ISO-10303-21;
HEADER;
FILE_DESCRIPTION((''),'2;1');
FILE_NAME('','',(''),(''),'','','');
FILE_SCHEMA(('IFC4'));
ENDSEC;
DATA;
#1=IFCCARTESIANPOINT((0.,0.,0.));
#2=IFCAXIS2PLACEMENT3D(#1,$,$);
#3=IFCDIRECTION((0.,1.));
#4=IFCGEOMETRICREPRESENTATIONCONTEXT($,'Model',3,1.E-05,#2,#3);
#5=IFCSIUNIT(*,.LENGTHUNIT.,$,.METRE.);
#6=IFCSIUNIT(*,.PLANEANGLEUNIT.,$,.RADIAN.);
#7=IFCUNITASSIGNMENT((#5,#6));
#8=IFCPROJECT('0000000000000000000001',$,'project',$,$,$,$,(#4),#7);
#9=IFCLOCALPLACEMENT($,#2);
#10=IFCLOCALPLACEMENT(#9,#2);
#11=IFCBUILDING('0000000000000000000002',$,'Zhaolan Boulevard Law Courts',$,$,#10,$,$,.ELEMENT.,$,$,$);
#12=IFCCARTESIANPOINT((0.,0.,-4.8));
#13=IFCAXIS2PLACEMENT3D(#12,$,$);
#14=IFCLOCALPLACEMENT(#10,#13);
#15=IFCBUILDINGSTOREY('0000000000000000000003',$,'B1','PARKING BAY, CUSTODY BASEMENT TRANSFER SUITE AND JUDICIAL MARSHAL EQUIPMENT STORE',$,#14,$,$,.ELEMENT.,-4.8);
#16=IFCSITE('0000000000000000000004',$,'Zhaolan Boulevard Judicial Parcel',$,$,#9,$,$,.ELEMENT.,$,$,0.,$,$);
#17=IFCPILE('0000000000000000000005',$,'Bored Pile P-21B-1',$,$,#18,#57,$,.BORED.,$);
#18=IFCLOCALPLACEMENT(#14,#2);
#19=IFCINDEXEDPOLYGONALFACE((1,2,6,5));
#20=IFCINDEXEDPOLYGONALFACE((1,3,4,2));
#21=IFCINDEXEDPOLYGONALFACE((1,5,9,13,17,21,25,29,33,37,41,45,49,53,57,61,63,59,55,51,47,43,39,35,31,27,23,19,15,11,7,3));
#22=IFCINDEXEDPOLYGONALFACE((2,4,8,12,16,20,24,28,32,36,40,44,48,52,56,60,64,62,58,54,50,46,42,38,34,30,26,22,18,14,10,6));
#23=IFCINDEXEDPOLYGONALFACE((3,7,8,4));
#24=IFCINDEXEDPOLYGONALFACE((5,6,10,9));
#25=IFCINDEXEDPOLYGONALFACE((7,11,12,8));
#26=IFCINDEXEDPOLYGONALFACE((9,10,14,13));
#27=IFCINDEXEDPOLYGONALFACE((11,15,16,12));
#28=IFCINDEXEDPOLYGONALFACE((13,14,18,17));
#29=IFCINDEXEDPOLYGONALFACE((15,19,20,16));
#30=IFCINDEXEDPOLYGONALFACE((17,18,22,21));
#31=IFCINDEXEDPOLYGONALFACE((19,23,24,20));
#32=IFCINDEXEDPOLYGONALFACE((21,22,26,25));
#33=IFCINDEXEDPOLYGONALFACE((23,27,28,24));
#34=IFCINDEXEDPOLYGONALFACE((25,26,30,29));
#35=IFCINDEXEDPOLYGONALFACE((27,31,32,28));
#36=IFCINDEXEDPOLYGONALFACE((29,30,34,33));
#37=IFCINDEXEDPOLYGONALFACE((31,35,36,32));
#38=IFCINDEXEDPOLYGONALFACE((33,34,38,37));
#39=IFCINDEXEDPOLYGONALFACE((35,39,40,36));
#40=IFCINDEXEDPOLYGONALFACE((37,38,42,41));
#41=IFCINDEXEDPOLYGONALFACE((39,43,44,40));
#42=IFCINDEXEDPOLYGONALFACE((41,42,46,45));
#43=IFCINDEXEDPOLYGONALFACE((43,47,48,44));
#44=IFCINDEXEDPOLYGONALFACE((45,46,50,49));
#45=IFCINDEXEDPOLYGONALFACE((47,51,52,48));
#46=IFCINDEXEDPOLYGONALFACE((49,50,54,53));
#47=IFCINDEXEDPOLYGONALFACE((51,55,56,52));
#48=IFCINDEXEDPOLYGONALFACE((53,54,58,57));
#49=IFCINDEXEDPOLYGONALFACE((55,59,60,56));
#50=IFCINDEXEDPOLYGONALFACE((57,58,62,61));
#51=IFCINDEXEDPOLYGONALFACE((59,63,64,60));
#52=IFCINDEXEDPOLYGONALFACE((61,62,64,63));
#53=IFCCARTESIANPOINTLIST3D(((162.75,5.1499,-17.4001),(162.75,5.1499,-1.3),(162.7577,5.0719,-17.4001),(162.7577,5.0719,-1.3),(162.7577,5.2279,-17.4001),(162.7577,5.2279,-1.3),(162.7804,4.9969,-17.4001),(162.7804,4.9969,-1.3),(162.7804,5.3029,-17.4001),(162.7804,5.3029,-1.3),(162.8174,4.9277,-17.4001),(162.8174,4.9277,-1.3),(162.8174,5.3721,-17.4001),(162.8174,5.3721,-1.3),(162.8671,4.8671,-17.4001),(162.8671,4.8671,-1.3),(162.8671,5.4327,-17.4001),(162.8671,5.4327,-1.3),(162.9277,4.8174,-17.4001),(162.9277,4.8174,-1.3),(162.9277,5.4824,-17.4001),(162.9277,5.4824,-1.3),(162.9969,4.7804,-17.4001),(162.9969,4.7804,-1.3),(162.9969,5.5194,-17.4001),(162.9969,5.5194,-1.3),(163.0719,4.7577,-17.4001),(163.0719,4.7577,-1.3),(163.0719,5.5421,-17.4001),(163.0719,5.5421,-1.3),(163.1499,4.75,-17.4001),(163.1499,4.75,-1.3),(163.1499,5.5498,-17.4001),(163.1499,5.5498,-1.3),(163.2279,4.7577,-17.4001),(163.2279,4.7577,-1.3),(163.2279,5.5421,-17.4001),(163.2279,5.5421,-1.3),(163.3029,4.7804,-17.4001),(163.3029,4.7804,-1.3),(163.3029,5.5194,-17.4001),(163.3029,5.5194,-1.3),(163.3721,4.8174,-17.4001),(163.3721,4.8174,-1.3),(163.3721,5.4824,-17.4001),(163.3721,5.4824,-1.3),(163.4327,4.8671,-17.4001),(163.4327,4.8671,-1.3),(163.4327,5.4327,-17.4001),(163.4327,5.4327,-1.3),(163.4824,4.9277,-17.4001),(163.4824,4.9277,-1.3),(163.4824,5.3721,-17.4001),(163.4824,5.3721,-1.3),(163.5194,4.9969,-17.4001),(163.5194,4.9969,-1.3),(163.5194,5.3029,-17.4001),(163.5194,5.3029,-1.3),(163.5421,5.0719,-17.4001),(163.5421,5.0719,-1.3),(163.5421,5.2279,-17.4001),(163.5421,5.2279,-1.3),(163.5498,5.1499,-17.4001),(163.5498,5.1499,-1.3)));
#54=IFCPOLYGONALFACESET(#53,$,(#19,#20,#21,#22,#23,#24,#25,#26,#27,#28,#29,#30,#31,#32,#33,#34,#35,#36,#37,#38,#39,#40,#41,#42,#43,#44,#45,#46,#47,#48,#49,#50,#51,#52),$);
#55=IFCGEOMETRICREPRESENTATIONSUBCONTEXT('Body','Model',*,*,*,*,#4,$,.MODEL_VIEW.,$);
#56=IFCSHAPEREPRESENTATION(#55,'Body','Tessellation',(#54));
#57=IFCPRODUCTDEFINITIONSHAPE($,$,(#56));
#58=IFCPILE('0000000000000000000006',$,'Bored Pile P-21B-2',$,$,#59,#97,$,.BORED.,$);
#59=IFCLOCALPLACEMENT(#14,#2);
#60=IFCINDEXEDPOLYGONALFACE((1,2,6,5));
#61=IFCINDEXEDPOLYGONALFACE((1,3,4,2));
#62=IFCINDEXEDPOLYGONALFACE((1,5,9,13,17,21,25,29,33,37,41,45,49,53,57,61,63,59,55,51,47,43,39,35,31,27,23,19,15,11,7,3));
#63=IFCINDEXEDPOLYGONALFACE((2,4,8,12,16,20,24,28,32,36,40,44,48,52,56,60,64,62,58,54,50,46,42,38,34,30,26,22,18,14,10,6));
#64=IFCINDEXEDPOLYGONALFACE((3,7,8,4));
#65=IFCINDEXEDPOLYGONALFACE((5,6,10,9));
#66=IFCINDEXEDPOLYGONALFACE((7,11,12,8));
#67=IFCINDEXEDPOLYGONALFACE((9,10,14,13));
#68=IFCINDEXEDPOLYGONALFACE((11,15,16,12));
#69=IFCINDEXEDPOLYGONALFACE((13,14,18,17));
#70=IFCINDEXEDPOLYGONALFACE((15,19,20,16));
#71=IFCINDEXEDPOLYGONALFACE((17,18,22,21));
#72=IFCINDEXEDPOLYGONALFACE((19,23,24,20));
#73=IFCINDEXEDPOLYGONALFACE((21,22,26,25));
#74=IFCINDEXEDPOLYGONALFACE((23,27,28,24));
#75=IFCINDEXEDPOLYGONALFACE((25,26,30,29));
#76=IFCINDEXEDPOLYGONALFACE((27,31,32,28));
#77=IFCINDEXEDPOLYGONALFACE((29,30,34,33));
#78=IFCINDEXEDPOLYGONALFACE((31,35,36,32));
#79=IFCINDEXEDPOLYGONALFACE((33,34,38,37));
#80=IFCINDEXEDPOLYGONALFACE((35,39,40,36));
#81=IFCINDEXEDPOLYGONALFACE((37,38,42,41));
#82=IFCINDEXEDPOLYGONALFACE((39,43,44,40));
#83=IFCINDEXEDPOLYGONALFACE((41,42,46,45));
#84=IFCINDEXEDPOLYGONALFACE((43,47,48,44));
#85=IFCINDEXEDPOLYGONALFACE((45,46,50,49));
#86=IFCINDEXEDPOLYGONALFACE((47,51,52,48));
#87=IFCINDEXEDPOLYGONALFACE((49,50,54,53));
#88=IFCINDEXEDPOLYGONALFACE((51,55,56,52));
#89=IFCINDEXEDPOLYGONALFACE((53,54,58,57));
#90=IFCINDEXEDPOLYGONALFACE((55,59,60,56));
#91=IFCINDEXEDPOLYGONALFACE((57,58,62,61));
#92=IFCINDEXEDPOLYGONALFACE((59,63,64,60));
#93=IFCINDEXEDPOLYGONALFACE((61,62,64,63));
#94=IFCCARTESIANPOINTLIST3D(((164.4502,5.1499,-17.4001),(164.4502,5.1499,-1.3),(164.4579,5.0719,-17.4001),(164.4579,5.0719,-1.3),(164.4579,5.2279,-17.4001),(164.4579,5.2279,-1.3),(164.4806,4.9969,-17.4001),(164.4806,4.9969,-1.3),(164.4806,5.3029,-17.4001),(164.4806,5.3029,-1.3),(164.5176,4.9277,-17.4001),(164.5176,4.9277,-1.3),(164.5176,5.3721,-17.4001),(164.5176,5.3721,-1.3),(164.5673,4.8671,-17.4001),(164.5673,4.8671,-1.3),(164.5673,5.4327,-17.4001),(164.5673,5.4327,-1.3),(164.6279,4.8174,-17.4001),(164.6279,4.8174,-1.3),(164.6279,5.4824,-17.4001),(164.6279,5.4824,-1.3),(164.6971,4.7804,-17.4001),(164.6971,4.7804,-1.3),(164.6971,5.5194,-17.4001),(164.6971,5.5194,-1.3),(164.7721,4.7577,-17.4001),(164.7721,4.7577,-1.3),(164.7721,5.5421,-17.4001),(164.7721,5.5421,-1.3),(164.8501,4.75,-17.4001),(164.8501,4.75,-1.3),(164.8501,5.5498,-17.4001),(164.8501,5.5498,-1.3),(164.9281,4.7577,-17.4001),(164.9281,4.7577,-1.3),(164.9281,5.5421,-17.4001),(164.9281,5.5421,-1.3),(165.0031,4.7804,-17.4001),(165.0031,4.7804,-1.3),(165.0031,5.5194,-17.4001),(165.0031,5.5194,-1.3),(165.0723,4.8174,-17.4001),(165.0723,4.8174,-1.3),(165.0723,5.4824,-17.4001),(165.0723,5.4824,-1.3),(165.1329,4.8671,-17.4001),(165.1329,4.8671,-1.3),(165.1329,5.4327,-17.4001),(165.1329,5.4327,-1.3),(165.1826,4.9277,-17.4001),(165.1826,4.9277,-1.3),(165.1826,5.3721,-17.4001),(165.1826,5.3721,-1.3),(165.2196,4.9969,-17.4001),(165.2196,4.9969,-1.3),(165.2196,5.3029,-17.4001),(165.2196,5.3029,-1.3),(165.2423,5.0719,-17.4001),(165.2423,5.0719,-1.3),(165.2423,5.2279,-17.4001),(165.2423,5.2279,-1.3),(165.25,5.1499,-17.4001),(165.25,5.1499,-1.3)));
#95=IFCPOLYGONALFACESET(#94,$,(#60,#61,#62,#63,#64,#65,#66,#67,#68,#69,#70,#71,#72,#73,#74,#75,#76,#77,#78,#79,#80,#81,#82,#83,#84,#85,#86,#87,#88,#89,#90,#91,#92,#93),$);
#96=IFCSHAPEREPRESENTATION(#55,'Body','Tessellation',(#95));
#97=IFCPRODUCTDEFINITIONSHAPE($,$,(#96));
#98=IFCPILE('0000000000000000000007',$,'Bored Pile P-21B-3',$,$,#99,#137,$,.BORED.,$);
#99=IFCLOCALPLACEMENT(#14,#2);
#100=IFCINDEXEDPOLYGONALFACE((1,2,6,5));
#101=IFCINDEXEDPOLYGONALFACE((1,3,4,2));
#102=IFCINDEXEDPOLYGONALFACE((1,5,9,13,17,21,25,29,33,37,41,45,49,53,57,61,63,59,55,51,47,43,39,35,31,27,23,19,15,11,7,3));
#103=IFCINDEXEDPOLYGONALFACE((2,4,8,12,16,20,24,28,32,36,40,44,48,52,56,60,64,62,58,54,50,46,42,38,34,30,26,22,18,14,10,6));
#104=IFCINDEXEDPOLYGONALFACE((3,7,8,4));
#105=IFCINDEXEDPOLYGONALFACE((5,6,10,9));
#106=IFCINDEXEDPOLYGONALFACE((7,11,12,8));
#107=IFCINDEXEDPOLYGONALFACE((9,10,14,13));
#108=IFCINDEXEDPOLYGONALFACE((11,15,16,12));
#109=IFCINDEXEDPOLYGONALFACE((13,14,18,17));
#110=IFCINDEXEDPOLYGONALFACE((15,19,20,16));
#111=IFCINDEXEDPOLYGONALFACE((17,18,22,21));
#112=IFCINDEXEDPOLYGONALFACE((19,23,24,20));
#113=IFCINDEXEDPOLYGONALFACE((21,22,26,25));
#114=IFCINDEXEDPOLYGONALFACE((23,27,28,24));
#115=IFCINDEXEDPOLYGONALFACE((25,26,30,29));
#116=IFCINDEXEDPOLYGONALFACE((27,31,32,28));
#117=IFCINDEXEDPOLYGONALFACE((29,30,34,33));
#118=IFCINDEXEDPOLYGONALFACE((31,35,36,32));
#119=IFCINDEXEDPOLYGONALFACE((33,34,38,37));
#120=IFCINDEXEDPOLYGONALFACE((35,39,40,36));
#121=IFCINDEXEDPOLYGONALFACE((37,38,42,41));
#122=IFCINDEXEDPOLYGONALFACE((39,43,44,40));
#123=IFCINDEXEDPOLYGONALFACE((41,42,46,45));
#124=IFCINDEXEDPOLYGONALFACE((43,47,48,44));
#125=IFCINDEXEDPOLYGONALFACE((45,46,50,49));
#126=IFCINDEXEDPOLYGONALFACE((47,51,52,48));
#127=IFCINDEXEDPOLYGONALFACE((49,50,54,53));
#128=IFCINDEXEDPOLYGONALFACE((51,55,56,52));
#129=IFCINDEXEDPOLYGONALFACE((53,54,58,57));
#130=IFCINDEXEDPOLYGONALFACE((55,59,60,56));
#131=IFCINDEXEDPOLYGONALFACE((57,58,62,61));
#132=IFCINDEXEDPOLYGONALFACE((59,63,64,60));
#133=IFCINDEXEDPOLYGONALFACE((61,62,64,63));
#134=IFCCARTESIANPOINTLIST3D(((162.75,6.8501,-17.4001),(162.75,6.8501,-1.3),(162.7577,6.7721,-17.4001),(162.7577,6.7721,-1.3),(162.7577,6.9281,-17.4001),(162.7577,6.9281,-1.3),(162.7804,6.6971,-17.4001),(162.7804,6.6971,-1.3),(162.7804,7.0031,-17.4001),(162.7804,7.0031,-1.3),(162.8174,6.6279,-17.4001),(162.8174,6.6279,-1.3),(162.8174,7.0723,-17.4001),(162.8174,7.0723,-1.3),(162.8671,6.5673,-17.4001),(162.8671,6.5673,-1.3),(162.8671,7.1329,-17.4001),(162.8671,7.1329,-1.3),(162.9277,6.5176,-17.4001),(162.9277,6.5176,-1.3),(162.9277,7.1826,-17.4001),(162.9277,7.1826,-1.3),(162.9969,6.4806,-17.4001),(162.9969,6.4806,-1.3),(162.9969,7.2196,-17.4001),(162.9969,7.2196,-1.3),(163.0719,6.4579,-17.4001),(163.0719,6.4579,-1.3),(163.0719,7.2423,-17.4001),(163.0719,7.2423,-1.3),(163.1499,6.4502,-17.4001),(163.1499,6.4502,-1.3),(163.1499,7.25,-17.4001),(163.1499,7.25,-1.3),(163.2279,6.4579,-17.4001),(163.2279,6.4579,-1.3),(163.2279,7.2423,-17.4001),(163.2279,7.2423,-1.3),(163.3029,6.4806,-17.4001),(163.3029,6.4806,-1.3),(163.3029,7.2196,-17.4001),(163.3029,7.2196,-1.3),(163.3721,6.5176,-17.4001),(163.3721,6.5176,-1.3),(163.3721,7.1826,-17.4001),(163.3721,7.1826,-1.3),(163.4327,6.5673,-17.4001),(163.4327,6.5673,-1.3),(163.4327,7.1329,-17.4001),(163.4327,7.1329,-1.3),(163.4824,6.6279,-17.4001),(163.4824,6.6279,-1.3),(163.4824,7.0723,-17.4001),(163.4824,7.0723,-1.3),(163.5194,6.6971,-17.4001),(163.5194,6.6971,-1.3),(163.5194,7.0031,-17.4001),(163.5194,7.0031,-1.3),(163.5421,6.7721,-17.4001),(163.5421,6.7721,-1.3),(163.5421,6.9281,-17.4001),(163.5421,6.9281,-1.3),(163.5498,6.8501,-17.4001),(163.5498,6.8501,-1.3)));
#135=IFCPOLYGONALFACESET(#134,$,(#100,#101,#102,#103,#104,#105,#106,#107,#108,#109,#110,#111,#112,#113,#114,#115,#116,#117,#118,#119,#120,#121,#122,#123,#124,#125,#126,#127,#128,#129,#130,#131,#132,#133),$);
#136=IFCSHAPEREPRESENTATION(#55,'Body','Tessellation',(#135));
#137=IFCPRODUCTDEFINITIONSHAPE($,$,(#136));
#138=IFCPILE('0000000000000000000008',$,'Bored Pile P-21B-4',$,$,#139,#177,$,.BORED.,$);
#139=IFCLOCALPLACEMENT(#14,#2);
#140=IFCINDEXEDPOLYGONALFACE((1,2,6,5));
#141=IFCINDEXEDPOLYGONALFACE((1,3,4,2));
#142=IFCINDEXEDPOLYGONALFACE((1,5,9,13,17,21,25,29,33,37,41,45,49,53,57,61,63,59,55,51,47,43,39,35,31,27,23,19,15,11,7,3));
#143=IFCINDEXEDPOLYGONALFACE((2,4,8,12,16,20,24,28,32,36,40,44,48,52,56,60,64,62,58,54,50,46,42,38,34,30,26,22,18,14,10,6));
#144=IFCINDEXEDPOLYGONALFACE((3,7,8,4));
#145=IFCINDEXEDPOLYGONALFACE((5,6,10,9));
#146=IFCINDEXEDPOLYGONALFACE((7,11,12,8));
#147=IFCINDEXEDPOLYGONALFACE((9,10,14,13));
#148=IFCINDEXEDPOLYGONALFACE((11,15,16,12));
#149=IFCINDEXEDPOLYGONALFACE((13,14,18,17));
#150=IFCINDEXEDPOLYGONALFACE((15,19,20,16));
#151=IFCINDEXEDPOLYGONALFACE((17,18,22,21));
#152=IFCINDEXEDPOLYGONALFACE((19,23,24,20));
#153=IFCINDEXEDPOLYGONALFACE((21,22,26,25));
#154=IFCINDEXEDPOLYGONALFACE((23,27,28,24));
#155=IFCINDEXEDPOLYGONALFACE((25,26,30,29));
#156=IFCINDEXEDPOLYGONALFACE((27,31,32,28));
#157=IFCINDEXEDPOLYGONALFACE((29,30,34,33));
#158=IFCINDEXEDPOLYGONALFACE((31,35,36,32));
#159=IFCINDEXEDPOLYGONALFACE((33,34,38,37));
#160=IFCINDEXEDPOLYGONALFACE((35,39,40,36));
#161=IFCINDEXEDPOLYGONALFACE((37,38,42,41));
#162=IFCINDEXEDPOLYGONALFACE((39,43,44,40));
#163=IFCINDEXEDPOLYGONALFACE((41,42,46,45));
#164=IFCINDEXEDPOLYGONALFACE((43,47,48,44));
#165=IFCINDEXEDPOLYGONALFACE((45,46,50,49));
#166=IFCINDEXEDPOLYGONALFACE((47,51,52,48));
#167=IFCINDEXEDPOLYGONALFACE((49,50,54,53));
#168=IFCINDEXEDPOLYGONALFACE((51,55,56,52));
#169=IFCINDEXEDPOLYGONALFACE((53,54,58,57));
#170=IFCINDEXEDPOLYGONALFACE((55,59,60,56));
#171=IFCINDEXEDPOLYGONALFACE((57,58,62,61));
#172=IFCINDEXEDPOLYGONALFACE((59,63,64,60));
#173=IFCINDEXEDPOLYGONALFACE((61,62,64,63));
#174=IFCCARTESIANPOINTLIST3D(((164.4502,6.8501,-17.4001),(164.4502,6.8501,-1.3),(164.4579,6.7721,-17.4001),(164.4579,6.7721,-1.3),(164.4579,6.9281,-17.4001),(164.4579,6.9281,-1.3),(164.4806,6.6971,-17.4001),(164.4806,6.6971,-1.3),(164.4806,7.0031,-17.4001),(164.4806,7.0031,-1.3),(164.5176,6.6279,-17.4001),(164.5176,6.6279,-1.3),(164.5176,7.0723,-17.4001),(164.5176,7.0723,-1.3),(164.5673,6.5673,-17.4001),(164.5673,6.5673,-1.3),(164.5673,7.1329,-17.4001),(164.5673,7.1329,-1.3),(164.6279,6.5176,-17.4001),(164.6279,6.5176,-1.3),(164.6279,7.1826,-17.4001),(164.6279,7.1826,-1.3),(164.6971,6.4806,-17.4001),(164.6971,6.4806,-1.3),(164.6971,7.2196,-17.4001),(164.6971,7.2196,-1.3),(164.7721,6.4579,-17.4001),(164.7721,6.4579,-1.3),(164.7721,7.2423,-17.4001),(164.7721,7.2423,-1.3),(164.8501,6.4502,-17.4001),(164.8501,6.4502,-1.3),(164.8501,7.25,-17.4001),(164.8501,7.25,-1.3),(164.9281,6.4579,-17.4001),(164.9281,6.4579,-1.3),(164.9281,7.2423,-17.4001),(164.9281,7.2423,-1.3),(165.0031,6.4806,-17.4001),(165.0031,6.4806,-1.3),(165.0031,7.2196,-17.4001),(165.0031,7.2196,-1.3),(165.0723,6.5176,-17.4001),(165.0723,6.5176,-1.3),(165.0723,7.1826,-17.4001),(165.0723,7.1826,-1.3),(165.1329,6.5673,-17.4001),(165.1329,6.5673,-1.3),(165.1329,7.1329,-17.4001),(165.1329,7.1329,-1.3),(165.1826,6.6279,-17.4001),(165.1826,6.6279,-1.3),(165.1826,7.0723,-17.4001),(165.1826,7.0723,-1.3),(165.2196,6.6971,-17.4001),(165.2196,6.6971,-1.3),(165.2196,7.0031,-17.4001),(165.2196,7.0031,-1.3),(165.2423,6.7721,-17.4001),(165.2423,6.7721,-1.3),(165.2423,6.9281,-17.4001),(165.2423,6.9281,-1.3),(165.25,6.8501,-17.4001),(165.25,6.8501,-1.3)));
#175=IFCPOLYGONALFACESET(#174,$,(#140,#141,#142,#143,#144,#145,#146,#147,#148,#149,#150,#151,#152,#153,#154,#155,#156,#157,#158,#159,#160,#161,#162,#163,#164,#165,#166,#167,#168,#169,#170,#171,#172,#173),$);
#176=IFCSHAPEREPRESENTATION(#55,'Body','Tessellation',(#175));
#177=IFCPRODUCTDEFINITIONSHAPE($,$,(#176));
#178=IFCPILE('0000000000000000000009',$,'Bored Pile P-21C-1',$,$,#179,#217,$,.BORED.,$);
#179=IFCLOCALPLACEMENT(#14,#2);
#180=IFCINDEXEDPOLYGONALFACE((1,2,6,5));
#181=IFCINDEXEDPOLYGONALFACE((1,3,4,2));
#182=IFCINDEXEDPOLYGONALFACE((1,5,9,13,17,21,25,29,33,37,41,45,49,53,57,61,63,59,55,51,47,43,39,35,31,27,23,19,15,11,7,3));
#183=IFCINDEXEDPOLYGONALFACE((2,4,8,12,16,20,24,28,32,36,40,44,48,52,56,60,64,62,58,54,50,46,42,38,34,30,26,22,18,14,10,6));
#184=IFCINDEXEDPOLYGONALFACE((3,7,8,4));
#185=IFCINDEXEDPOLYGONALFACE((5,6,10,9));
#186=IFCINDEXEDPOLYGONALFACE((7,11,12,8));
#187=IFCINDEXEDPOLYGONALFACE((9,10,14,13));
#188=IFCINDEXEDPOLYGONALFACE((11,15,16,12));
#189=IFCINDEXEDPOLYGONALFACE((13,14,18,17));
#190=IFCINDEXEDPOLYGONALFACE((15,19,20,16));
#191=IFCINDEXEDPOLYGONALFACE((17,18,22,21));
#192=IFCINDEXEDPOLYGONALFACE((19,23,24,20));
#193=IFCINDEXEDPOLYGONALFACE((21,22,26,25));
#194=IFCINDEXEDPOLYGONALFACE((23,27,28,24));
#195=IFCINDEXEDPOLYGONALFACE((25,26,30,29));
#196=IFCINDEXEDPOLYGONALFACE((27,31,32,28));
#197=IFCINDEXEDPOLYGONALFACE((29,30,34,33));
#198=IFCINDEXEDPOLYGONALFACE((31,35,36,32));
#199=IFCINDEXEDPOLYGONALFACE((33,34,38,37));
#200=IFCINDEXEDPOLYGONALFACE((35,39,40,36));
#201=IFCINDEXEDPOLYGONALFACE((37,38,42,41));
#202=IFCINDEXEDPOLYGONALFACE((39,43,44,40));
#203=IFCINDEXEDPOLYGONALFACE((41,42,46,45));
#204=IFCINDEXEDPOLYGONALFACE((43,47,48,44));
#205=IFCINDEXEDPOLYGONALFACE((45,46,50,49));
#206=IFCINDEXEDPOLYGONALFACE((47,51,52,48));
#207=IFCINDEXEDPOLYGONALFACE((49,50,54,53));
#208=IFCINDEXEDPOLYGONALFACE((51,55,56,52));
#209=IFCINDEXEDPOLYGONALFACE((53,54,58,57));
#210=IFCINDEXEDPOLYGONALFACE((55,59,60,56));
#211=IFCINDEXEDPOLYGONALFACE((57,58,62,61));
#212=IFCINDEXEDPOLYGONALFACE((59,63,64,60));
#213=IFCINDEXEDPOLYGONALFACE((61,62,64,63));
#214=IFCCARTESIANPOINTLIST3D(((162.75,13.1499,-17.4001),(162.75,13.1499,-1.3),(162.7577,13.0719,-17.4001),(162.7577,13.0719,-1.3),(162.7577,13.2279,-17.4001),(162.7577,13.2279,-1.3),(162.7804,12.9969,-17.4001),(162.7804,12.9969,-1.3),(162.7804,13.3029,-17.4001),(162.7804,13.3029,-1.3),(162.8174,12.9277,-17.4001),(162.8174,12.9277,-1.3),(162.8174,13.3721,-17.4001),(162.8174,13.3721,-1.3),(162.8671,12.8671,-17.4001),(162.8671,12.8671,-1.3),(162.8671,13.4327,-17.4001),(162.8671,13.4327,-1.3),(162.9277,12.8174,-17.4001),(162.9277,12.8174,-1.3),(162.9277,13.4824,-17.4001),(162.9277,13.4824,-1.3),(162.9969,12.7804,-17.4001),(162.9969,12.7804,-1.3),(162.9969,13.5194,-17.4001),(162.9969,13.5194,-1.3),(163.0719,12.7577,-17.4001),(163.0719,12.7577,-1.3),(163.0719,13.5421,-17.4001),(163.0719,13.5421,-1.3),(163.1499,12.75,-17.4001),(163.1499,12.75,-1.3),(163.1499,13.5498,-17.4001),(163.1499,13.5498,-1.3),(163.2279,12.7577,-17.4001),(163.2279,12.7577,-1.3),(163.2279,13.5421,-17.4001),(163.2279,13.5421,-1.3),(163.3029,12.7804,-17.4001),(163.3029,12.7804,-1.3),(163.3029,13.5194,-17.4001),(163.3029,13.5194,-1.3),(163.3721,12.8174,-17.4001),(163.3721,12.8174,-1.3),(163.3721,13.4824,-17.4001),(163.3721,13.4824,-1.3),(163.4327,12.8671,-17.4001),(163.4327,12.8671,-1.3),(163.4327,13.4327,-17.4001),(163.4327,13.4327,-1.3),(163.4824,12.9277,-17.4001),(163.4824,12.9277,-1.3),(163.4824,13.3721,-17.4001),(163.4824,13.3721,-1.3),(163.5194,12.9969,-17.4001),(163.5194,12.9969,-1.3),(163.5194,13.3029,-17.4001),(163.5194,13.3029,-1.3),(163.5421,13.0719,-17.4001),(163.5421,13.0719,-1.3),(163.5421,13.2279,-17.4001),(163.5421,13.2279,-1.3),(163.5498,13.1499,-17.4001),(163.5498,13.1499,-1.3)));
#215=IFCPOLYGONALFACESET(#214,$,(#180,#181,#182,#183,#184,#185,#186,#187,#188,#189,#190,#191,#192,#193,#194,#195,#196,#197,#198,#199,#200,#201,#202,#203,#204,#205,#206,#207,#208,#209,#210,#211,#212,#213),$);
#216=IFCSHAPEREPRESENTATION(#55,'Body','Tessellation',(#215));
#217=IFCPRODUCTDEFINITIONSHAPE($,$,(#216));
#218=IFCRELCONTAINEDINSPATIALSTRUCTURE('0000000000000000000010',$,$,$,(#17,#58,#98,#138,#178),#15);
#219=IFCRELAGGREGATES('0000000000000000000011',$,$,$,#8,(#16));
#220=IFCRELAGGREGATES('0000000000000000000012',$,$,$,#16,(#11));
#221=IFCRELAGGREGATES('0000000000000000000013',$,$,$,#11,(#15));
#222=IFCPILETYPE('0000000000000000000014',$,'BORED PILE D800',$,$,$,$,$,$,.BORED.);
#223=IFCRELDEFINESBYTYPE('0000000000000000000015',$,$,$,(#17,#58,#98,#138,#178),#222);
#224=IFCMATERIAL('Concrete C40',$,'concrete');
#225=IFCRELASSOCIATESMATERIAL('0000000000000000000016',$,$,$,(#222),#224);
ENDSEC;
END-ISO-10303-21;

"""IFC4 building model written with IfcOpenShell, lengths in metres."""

from ifc_helpers import new_model, si_unit, direction, frame, origin, origin_2d, place, context, subcontext, project, spatial, circle, extrude, material, material_profile, profile_set, type_object, element, save


model = new_model("IFC4")

# Units and contexts
model_context = context("Model", 3, precision=1e-05, world=origin(), true_north=direction((0.0, 1.0)))
body_context = subcontext(model_context, "Body", "Model", "MODEL_VIEW")
ifc_project = project(units=[si_unit("LENGTHUNIT", "METRE"), si_unit("PLANEANGLEUNIT", "RADIAN")], contexts=[model_context])

# Site, building, storey
site_placement = place(None, origin())
site = spatial("IfcSite", under=ifc_project, at=site_placement, Name="Zhaolan Boulevard Judicial Parcel", CompositionType="ELEMENT", RefElevation=0.0)
building_placement = place(site_placement, origin())
building = spatial("IfcBuilding", under=site, at=building_placement, Name="Zhaolan Boulevard Law Courts", CompositionType="ELEMENT")
storey_placement = place(building_placement, frame((0.0, 0.0, -4.8)))
storey = spatial("IfcBuildingStorey", under=building, at=storey_placement, Name="B1", Description="PARKING BAY, CUSTODY BASEMENT TRANSFER SUITE AND JUDICIAL MARSHAL EQUIPMENT STORE", CompositionType="ELEMENT", Elevation=-4.8)

# Piles
ifc_material_1 = material(Name="Concrete C40", Category="concrete")
ifc_material_profile_1 = material_profile(ifc_material_1, circle(Radius=0.3999, at=origin_2d()), Name="PILE-D800")
ifc_profile_set_1 = profile_set([ifc_material_profile_1], Name="Concrete C40")
pile_type = type_object("IfcPileType", Name="BORED PILE D800", PredefinedType="BORED", material=ifc_profile_set_1)
for number, where, z_axis, x_axis, name in (
    (1, (163.1499, 5.1499, -1.3), (0.0, 0.0, -1.0), (1.0, 0.0, 0.0), "Bored Pile P-21B-1"),
    (2, (164.8501, 5.1499, -1.3), (0.0, 0.0, -1.0), (1.0, 0.0, 0.0), "Bored Pile P-21B-2"),
    (3, (163.1499, 6.8501, -1.3), (0.0, 0.0, -1.0), (1.0, 0.0, 0.0), "Bored Pile P-21B-3"),
    (4, (164.8501, 6.8501, -1.3), (0.0, 0.0, -1.0), (1.0, 0.0, 0.0), "Bored Pile P-21B-4"),
    (5, (163.1499, 13.1499, -1.3), (0.0, 0.0, -1.0), (1.0, 0.0, 0.0), "Bored Pile P-21C-1"),
):
    element("IfcPile", number, at=place(storey_placement, frame(where, z_axis=z_axis, x_axis=x_axis)), inside=storey, type_object=pile_type, Name=name, PredefinedType="BORED", context=body_context, shape_type="SweptSolid", body=[
        extrude(circle(Radius=0.3999, at=origin_2d()), origin(), (0.0, 0.0, 1.0), 16.1001),
    ])

save(model, "model.ifc")
